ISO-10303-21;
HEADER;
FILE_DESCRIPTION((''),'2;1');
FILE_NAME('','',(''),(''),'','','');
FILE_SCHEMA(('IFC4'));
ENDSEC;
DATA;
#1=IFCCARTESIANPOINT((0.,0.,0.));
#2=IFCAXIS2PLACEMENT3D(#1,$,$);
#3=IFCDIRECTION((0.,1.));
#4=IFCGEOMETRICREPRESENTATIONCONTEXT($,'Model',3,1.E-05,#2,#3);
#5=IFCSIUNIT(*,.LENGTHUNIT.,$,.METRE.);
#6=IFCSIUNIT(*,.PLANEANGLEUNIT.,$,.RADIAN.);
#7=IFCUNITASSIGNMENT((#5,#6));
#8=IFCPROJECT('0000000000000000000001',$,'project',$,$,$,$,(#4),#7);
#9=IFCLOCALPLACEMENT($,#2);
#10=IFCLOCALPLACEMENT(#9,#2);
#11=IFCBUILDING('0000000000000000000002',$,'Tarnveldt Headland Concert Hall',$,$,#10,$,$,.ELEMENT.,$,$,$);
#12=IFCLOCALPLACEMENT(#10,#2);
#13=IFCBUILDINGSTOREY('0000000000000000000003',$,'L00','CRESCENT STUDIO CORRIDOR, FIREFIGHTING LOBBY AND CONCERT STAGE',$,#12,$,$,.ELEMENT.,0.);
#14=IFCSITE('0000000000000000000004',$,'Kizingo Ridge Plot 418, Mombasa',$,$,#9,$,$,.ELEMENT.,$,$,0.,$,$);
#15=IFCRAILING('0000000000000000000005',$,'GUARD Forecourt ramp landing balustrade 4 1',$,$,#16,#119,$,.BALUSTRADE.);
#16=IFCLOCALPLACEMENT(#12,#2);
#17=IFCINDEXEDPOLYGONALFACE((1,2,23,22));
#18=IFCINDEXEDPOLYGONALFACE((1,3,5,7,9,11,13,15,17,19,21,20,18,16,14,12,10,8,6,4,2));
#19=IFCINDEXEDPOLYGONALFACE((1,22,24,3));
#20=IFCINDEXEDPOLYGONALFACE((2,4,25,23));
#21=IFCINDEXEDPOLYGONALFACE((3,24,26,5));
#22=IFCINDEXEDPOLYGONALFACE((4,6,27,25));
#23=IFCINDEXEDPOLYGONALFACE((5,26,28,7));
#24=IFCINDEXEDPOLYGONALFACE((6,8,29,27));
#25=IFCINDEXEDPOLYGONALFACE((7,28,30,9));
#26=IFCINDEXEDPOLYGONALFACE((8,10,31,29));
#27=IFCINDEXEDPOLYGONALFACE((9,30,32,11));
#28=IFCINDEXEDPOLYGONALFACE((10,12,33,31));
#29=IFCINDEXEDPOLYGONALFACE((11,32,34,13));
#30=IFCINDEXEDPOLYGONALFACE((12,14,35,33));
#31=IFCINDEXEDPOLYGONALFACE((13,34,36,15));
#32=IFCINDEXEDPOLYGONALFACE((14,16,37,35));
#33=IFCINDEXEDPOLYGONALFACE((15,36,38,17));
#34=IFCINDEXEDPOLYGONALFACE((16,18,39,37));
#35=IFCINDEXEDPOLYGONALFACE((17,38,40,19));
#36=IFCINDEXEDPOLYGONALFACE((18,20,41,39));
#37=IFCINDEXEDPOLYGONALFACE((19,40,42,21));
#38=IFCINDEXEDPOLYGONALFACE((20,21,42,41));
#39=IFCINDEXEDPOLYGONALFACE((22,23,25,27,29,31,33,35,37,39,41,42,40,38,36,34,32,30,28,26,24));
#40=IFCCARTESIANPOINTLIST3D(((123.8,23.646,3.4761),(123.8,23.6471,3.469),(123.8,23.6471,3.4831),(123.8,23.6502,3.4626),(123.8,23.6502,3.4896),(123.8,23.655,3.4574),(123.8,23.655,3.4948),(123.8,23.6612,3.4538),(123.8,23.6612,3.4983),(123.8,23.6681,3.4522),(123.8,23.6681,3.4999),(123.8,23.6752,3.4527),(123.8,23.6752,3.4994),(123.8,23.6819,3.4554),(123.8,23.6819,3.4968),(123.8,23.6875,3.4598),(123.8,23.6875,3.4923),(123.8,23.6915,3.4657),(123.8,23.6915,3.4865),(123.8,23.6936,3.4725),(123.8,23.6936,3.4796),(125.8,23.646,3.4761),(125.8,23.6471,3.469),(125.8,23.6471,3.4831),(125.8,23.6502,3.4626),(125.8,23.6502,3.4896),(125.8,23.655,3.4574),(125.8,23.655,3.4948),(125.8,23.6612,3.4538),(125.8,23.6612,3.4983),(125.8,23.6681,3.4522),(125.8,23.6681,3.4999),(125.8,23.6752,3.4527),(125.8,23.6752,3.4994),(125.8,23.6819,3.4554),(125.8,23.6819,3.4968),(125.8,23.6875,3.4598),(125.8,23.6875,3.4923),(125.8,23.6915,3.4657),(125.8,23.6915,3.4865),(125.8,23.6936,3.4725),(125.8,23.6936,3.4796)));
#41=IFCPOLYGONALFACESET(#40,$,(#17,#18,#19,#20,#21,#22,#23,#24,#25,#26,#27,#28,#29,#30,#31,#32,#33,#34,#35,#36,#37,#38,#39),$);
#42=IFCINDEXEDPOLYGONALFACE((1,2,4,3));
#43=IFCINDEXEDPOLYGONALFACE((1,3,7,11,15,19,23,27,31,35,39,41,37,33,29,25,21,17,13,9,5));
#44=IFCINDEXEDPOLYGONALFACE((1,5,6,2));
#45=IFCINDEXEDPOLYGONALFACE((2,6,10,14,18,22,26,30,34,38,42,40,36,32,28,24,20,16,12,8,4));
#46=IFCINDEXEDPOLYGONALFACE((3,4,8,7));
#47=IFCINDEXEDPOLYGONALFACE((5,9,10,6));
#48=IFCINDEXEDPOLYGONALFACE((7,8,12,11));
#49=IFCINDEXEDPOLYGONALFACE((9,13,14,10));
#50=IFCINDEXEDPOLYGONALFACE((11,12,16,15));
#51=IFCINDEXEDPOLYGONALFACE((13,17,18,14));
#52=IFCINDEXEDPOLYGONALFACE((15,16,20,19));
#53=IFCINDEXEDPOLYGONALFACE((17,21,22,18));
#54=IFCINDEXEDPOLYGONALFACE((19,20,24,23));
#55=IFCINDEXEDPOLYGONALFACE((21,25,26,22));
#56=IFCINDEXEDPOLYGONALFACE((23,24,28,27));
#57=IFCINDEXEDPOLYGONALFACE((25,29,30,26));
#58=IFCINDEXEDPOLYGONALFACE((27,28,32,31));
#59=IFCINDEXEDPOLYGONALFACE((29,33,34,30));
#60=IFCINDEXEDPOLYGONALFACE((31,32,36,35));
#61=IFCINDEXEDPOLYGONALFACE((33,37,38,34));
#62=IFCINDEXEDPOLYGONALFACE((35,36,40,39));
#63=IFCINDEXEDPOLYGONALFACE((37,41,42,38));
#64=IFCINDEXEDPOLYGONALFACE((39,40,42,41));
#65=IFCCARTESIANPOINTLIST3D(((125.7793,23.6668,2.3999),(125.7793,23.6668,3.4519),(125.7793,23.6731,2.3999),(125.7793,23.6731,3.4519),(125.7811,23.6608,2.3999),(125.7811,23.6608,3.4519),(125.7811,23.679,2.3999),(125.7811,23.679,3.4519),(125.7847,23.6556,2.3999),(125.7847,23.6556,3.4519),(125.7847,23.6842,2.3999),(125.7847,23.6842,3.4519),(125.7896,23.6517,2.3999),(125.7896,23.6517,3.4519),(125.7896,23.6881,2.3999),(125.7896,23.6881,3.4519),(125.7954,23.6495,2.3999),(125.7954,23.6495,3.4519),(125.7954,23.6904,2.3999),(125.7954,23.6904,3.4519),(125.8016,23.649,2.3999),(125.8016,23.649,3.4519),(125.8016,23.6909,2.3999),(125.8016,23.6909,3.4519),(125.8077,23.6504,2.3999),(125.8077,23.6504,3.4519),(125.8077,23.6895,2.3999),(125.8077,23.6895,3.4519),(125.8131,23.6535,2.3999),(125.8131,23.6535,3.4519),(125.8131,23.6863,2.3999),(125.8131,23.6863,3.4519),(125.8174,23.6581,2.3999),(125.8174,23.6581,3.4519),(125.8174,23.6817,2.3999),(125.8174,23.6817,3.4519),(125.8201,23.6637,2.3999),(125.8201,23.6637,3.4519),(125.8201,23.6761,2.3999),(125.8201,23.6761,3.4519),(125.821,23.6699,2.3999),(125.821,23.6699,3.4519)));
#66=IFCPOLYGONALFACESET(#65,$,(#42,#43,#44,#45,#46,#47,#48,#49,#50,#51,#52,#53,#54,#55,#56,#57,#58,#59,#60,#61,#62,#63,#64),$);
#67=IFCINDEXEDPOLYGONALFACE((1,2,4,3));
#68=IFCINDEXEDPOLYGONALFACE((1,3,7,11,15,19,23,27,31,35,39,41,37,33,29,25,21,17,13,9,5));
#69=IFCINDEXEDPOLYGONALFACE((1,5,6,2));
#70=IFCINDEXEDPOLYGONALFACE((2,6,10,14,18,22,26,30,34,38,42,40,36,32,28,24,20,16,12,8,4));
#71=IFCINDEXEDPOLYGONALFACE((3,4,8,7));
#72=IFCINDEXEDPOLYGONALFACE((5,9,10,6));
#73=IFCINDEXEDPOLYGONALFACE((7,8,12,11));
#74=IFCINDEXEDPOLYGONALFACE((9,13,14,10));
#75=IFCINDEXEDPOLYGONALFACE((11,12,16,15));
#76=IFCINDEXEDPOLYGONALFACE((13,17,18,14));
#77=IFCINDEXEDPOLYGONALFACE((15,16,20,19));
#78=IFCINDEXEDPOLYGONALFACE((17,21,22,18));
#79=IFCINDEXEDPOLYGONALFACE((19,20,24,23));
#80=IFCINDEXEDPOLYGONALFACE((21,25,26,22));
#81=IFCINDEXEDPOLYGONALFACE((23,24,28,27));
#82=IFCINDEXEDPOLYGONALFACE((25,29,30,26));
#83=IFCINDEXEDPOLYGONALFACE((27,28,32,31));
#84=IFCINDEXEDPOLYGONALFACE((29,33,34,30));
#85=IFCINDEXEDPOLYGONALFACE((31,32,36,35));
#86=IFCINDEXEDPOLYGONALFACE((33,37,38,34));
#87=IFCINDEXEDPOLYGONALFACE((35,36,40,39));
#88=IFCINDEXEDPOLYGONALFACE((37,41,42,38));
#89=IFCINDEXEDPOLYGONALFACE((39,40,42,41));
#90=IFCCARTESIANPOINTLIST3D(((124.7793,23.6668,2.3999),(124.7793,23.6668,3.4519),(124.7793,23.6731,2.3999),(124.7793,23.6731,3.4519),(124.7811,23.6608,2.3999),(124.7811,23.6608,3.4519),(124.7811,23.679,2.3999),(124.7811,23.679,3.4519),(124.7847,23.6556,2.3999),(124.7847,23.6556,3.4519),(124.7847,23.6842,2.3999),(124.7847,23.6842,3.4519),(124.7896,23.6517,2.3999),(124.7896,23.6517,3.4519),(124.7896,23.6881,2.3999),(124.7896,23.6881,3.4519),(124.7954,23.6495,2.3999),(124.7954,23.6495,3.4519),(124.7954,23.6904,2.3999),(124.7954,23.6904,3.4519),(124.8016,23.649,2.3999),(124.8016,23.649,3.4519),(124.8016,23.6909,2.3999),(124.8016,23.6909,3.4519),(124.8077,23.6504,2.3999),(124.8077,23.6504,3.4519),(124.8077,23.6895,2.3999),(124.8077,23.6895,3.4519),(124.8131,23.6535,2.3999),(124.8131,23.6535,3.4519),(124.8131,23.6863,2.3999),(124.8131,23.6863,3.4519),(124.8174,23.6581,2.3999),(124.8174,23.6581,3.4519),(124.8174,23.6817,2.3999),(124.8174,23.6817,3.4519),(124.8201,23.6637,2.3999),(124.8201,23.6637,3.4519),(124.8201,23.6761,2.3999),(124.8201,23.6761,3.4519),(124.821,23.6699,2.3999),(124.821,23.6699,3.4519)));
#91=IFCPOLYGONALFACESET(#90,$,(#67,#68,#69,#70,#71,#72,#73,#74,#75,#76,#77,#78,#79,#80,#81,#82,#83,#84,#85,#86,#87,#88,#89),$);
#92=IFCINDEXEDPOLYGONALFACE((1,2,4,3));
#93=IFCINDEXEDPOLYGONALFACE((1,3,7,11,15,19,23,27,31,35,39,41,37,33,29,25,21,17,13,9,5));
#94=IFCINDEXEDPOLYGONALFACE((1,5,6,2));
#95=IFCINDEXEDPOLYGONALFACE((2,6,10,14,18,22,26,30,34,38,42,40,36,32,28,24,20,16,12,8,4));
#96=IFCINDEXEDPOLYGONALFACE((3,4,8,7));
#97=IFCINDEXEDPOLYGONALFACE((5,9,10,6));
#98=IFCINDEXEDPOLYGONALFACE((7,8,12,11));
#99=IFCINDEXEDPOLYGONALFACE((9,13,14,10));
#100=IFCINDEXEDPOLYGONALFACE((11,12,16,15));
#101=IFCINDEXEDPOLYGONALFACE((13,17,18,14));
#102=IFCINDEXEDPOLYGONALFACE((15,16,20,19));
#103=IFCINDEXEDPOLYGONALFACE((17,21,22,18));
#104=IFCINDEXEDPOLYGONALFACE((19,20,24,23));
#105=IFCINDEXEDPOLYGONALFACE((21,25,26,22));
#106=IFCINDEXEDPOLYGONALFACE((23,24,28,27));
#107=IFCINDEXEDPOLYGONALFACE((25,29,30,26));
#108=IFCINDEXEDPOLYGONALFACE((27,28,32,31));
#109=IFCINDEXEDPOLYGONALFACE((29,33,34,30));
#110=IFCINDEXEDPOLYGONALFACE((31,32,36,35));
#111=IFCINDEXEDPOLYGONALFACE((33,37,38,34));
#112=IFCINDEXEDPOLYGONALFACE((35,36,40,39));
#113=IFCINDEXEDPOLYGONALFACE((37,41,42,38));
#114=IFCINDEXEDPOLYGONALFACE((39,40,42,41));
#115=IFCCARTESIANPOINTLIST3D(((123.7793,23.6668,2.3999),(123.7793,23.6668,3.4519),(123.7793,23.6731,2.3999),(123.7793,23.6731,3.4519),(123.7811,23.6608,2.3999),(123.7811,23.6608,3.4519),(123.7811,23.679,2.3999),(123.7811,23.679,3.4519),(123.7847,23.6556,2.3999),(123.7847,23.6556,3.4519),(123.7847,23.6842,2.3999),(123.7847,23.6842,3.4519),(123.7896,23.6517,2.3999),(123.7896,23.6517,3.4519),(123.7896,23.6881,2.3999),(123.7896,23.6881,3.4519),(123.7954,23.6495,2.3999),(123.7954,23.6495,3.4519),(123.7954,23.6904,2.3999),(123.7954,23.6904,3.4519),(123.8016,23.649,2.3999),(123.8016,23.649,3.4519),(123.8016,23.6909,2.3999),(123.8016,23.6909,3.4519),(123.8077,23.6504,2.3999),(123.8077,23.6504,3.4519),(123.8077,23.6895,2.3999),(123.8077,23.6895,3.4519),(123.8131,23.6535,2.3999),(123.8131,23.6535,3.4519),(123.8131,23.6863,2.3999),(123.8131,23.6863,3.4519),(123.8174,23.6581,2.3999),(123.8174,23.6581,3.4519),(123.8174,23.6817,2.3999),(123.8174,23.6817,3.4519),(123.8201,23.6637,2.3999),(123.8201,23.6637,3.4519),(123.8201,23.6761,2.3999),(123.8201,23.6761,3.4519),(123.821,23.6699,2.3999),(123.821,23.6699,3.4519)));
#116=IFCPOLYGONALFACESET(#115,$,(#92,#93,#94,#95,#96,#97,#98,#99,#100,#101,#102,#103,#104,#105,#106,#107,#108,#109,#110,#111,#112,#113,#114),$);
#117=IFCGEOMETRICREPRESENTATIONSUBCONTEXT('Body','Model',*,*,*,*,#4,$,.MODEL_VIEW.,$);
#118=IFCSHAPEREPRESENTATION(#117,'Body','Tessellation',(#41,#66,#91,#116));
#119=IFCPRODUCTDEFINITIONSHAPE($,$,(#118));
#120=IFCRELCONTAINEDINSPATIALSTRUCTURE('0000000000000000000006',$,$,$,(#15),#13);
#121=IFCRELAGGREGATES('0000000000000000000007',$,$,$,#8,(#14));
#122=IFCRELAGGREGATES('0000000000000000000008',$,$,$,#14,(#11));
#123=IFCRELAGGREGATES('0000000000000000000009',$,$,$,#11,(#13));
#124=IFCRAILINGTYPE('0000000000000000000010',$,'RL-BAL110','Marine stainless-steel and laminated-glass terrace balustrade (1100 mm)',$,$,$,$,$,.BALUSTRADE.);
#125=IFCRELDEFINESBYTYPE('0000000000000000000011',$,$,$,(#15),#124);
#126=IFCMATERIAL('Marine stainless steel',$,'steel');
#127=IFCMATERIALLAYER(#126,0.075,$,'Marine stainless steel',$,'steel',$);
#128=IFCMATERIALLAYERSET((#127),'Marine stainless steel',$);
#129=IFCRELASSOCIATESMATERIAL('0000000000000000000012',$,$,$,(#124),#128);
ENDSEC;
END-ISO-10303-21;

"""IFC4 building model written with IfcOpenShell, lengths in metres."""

from ifc_helpers import new_model, si_unit, direction, frame, origin, origin_2d, place, context, subcontext, project, spatial, circle, extrude, material, layer, layer_set, type_object, element, save


model = new_model("IFC4")

# Units and contexts
model_context = context("Model", 3, precision=1e-05, world=origin(), true_north=direction((0.0, 1.0)))
body_context = subcontext(model_context, "Body", "Model", "MODEL_VIEW")
ifc_project = project(units=[si_unit("LENGTHUNIT", "METRE"), si_unit("PLANEANGLEUNIT", "RADIAN")], contexts=[model_context])

# Site, building, storey
site_placement = place(None, origin())
site = spatial("IfcSite", under=ifc_project, at=site_placement, Name="Kizingo Ridge Plot 418, Mombasa", CompositionType="ELEMENT", RefElevation=0.0)
building_placement = place(site_placement, origin())
building = spatial("IfcBuilding", under=site, at=building_placement, Name="Tarnveldt Headland Concert Hall", CompositionType="ELEMENT")
storey_placement = place(building_placement, origin())
storey = spatial("IfcBuildingStorey", under=building, at=storey_placement, Name="L00", Description="CRESCENT STUDIO CORRIDOR, FIREFIGHTING LOBBY AND CONCERT STAGE", CompositionType="ELEMENT", Elevation=0.0)

# Railing
ifc_material_1 = material(Name="Marine stainless steel", Category="steel")
ifc_layer_1 = layer(ifc_material_1, 0.075, Name="Marine stainless steel", Category="steel")
ifc_layer_set_1 = layer_set([ifc_layer_1], Name="Marine stainless steel")
railing_type = type_object("IfcRailingType", Name="RL-BAL110", Description="Marine stainless-steel and laminated-glass terrace balustrade (1100 mm)", PredefinedType="BALUSTRADE", material=ifc_layer_set_1)
railing_1_placement = place(storey_placement, frame((125.8, 23.6699, 2.3999)))
element("IfcRailing", 1, at=railing_1_placement, inside=storey, type_object=railing_type, Name="GUARD Forecourt ramp landing balustrade 4 1", PredefinedType="BALUSTRADE", context=body_context, shape_type="SweptSolid", body=[
    extrude(circle(Radius=0.0239, at=origin_2d()), frame((0.0, 0.0, 1.0762), z_axis=(-1.0, 0.0, 0.0), x_axis=(0.0, -1.0, 0.0)), (0.0, 0.0, 1.0), 2.0),
    extrude(circle(Radius=0.021, at=origin_2d()), origin(), (0.0, 0.0, 1.0), 1.052),
    extrude(circle(Radius=0.021, at=origin_2d()), frame((-1.0, 0.0, 0.0)), (0.0, 0.0, 1.0), 1.052),
    extrude(circle(Radius=0.021, at=origin_2d()), frame((-2.0, 0.0, 0.0)), (0.0, 0.0, 1.0), 1.052),
])

save(model, "model.ifc")
